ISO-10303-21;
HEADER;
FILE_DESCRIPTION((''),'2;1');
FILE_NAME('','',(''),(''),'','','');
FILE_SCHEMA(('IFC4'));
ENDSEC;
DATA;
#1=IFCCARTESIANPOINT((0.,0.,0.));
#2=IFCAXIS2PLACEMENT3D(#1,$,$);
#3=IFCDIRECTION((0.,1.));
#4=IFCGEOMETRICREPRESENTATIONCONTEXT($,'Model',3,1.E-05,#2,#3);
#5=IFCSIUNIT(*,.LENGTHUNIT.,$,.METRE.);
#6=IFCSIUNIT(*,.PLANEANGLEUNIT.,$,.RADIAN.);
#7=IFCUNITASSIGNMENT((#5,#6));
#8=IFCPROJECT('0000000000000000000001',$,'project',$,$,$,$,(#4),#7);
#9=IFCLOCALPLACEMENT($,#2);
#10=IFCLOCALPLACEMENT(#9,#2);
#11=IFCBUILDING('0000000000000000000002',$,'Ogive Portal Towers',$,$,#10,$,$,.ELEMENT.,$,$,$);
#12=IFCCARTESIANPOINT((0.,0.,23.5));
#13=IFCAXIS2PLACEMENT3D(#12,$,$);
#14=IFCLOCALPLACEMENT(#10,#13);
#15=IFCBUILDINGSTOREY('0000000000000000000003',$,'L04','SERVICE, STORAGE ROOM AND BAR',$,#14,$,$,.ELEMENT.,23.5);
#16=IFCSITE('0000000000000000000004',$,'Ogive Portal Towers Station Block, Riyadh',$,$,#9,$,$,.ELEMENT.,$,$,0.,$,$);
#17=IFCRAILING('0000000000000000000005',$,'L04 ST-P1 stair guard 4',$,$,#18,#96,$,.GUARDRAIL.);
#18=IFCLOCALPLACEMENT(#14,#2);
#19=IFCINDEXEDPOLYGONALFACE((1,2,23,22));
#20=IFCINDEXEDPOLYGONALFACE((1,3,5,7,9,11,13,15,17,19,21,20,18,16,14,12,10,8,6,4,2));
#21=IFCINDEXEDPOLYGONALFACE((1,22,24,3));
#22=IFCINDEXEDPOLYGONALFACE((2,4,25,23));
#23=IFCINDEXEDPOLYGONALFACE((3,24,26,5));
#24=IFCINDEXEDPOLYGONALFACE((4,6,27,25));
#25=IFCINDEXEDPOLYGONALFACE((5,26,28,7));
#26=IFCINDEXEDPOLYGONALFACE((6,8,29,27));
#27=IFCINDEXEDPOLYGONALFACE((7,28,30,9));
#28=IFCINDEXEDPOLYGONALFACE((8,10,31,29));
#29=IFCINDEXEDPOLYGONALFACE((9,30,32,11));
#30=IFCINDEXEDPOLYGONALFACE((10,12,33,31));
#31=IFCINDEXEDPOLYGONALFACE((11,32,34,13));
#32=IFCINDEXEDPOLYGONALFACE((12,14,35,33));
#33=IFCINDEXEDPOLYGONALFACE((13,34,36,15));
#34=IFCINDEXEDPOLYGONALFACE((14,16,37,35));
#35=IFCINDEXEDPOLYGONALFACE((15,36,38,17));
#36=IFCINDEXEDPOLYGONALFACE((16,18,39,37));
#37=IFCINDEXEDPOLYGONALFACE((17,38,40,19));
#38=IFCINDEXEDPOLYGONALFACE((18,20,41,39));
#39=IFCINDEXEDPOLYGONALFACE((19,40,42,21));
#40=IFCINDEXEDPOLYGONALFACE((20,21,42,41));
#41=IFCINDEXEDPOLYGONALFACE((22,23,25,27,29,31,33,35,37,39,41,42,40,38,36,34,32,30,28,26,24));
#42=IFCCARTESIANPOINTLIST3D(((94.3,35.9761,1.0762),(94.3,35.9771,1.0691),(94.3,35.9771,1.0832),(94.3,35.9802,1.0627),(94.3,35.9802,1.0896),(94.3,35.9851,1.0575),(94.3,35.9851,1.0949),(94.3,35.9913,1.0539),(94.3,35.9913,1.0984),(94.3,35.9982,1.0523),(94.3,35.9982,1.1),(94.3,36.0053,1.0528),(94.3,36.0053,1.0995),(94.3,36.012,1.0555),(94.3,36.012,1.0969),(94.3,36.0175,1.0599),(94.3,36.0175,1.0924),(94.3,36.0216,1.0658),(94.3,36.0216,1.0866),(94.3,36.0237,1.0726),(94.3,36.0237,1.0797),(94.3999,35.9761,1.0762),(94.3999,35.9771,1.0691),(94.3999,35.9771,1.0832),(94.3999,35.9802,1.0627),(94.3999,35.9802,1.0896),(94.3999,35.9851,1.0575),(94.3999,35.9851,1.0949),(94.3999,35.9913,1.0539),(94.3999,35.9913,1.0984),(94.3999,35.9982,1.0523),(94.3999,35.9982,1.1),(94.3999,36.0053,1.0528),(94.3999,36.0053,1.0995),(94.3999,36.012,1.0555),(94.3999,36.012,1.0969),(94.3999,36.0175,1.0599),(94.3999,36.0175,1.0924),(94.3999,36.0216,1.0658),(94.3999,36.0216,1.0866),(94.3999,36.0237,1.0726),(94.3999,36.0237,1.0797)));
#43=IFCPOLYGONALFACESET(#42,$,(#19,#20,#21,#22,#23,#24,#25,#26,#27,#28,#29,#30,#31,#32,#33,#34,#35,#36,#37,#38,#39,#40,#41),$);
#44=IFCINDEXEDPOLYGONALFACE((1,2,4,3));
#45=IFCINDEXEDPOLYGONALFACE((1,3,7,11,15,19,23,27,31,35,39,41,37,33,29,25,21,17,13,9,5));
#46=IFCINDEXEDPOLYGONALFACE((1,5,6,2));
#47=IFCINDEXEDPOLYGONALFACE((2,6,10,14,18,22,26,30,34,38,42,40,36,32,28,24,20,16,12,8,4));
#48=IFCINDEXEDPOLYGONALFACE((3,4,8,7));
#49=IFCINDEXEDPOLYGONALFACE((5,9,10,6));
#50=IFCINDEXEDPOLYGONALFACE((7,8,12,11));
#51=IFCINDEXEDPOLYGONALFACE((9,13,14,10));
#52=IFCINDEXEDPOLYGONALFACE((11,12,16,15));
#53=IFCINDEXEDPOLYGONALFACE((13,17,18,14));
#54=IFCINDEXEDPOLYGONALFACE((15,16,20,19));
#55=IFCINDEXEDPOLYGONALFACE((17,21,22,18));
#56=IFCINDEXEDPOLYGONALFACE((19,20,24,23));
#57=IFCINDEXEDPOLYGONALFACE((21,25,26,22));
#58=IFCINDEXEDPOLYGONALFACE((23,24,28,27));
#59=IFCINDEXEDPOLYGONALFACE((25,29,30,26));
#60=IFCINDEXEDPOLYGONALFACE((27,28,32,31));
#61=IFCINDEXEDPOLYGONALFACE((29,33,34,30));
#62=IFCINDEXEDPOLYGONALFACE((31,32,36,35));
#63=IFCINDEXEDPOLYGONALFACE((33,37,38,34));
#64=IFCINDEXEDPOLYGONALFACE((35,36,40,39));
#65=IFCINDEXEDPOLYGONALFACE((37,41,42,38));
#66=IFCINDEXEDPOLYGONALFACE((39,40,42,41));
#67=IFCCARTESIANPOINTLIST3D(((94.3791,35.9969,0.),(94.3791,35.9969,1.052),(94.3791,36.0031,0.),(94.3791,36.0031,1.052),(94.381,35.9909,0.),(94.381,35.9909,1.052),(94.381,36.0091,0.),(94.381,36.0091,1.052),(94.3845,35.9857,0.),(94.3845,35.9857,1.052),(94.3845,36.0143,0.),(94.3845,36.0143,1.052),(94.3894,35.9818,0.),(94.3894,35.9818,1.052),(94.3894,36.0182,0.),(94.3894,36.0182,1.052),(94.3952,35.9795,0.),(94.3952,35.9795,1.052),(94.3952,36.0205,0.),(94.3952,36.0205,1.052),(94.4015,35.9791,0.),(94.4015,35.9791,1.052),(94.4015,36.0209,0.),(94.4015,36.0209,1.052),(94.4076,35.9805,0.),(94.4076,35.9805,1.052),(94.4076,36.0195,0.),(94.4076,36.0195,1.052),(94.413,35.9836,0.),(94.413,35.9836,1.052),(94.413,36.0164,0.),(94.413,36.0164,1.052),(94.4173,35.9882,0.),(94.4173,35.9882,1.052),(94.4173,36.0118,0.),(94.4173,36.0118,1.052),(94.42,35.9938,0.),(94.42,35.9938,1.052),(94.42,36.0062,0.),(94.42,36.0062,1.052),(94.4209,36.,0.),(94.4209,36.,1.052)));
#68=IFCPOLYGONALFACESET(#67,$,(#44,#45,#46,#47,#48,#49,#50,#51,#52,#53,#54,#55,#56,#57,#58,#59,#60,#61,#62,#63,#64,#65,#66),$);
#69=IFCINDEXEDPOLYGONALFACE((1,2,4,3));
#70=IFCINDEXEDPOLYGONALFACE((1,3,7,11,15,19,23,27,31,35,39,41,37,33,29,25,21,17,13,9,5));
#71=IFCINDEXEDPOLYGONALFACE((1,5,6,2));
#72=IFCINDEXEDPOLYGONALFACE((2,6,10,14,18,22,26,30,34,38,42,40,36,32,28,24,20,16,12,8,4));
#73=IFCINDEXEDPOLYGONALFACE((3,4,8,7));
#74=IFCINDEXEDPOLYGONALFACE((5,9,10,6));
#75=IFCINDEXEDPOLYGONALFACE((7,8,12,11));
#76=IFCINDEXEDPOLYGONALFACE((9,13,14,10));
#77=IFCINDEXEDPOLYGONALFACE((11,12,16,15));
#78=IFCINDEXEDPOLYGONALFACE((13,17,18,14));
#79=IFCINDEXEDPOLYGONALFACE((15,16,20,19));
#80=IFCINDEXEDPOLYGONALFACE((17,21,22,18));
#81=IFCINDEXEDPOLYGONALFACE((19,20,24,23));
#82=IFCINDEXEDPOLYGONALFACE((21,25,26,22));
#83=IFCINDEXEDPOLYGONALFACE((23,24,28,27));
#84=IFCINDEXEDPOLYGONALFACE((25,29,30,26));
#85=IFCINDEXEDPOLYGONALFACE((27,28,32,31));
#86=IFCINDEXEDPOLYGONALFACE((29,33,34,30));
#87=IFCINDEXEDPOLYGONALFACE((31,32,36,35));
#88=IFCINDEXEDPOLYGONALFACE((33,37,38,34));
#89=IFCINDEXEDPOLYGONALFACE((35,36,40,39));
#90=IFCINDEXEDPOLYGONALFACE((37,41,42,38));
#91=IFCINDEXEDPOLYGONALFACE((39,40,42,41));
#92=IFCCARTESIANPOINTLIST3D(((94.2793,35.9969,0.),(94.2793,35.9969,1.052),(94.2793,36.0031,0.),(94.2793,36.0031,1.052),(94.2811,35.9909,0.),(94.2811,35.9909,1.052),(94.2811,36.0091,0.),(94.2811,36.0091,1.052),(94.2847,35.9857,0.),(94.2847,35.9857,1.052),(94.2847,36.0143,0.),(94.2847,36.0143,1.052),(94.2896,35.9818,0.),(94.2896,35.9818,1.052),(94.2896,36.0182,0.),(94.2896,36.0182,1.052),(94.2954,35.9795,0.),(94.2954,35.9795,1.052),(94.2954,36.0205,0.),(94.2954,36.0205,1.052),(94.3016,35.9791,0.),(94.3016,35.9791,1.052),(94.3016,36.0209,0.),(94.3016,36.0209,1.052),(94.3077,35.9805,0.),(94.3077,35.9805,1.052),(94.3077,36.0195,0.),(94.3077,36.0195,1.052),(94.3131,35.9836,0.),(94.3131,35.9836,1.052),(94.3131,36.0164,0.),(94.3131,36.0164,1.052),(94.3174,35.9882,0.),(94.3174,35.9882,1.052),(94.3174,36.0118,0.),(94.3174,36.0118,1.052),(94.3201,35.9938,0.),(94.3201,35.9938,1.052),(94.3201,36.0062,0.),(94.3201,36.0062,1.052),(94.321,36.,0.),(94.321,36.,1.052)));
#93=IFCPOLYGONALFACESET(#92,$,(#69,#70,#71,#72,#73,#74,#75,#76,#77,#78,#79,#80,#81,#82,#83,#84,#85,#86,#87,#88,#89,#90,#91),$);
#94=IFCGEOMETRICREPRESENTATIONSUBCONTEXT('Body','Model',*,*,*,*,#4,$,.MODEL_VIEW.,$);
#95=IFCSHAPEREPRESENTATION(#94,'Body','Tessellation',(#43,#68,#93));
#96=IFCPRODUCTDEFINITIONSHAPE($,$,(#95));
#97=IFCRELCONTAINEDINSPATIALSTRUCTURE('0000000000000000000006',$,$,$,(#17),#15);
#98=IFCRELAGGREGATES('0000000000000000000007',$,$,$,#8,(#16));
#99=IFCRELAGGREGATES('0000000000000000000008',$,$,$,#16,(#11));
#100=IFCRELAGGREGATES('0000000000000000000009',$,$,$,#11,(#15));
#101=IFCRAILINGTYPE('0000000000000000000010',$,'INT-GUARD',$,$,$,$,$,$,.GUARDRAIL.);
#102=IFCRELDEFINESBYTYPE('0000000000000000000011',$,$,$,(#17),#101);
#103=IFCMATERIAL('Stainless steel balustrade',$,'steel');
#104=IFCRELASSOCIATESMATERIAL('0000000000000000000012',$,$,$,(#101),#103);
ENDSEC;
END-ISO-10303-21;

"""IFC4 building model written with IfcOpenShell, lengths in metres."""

from ifc_helpers import new_model, si_unit, direction, frame, origin, origin_2d, place, context, subcontext, project, spatial, circle, extrude, material, type_object, element, save


model = new_model("IFC4")

# Units and contexts
model_context = context("Model", 3, precision=1e-05, world=origin(), true_north=direction((0.0, 1.0)))
body_context = subcontext(model_context, "Body", "Model", "MODEL_VIEW")
ifc_project = project(units=[si_unit("LENGTHUNIT", "METRE"), si_unit("PLANEANGLEUNIT", "RADIAN")], contexts=[model_context])

# Site, building, storey
site_placement = place(None, origin())
site = spatial("IfcSite", under=ifc_project, at=site_placement, Name="Ogive Portal Towers Station Block, Riyadh", CompositionType="ELEMENT", RefElevation=0.0)
building_placement = place(site_placement, origin())
building = spatial("IfcBuilding", under=site, at=building_placement, Name="Ogive Portal Towers", CompositionType="ELEMENT")
storey_placement = place(building_placement, frame((0.0, 0.0, 23.5)))
storey = spatial("IfcBuildingStorey", under=building, at=storey_placement, Name="L04", Description="SERVICE, STORAGE ROOM AND BAR", CompositionType="ELEMENT", Elevation=23.5)

# Railing
ifc_material_1 = material(Name="Stainless steel balustrade", Category="steel")
railing_type_1 = type_object("IfcRailingType", Name="INT-GUARD", PredefinedType="GUARDRAIL", material=ifc_material_1)
railing_1_placement = place(storey_placement, frame((94.3999, 36.0, 0.0)))
element("IfcRailing", 1, at=railing_1_placement, inside=storey, type_object=railing_type_1, Name="L04 ST-P1 stair guard 4", PredefinedType="GUARDRAIL", context=body_context, shape_type="SweptSolid", body=[
    extrude(circle(Radius=0.0239, at=origin_2d()), frame((0.0, 0.0, 1.0762), z_axis=(-1.0, 0.0, 0.0), x_axis=(0.0, -1.0, 0.0)), (0.0, 0.0, 1.0), 0.0999),
    extrude(circle(Radius=0.021, at=origin_2d()), origin(), (0.0, 0.0, 1.0), 1.052),
    extrude(circle(Radius=0.021, at=origin_2d()), frame((-0.0999, 0.0, 0.0)), (0.0, 0.0, 1.0), 1.052),
])

save(model, "model.ifc")
